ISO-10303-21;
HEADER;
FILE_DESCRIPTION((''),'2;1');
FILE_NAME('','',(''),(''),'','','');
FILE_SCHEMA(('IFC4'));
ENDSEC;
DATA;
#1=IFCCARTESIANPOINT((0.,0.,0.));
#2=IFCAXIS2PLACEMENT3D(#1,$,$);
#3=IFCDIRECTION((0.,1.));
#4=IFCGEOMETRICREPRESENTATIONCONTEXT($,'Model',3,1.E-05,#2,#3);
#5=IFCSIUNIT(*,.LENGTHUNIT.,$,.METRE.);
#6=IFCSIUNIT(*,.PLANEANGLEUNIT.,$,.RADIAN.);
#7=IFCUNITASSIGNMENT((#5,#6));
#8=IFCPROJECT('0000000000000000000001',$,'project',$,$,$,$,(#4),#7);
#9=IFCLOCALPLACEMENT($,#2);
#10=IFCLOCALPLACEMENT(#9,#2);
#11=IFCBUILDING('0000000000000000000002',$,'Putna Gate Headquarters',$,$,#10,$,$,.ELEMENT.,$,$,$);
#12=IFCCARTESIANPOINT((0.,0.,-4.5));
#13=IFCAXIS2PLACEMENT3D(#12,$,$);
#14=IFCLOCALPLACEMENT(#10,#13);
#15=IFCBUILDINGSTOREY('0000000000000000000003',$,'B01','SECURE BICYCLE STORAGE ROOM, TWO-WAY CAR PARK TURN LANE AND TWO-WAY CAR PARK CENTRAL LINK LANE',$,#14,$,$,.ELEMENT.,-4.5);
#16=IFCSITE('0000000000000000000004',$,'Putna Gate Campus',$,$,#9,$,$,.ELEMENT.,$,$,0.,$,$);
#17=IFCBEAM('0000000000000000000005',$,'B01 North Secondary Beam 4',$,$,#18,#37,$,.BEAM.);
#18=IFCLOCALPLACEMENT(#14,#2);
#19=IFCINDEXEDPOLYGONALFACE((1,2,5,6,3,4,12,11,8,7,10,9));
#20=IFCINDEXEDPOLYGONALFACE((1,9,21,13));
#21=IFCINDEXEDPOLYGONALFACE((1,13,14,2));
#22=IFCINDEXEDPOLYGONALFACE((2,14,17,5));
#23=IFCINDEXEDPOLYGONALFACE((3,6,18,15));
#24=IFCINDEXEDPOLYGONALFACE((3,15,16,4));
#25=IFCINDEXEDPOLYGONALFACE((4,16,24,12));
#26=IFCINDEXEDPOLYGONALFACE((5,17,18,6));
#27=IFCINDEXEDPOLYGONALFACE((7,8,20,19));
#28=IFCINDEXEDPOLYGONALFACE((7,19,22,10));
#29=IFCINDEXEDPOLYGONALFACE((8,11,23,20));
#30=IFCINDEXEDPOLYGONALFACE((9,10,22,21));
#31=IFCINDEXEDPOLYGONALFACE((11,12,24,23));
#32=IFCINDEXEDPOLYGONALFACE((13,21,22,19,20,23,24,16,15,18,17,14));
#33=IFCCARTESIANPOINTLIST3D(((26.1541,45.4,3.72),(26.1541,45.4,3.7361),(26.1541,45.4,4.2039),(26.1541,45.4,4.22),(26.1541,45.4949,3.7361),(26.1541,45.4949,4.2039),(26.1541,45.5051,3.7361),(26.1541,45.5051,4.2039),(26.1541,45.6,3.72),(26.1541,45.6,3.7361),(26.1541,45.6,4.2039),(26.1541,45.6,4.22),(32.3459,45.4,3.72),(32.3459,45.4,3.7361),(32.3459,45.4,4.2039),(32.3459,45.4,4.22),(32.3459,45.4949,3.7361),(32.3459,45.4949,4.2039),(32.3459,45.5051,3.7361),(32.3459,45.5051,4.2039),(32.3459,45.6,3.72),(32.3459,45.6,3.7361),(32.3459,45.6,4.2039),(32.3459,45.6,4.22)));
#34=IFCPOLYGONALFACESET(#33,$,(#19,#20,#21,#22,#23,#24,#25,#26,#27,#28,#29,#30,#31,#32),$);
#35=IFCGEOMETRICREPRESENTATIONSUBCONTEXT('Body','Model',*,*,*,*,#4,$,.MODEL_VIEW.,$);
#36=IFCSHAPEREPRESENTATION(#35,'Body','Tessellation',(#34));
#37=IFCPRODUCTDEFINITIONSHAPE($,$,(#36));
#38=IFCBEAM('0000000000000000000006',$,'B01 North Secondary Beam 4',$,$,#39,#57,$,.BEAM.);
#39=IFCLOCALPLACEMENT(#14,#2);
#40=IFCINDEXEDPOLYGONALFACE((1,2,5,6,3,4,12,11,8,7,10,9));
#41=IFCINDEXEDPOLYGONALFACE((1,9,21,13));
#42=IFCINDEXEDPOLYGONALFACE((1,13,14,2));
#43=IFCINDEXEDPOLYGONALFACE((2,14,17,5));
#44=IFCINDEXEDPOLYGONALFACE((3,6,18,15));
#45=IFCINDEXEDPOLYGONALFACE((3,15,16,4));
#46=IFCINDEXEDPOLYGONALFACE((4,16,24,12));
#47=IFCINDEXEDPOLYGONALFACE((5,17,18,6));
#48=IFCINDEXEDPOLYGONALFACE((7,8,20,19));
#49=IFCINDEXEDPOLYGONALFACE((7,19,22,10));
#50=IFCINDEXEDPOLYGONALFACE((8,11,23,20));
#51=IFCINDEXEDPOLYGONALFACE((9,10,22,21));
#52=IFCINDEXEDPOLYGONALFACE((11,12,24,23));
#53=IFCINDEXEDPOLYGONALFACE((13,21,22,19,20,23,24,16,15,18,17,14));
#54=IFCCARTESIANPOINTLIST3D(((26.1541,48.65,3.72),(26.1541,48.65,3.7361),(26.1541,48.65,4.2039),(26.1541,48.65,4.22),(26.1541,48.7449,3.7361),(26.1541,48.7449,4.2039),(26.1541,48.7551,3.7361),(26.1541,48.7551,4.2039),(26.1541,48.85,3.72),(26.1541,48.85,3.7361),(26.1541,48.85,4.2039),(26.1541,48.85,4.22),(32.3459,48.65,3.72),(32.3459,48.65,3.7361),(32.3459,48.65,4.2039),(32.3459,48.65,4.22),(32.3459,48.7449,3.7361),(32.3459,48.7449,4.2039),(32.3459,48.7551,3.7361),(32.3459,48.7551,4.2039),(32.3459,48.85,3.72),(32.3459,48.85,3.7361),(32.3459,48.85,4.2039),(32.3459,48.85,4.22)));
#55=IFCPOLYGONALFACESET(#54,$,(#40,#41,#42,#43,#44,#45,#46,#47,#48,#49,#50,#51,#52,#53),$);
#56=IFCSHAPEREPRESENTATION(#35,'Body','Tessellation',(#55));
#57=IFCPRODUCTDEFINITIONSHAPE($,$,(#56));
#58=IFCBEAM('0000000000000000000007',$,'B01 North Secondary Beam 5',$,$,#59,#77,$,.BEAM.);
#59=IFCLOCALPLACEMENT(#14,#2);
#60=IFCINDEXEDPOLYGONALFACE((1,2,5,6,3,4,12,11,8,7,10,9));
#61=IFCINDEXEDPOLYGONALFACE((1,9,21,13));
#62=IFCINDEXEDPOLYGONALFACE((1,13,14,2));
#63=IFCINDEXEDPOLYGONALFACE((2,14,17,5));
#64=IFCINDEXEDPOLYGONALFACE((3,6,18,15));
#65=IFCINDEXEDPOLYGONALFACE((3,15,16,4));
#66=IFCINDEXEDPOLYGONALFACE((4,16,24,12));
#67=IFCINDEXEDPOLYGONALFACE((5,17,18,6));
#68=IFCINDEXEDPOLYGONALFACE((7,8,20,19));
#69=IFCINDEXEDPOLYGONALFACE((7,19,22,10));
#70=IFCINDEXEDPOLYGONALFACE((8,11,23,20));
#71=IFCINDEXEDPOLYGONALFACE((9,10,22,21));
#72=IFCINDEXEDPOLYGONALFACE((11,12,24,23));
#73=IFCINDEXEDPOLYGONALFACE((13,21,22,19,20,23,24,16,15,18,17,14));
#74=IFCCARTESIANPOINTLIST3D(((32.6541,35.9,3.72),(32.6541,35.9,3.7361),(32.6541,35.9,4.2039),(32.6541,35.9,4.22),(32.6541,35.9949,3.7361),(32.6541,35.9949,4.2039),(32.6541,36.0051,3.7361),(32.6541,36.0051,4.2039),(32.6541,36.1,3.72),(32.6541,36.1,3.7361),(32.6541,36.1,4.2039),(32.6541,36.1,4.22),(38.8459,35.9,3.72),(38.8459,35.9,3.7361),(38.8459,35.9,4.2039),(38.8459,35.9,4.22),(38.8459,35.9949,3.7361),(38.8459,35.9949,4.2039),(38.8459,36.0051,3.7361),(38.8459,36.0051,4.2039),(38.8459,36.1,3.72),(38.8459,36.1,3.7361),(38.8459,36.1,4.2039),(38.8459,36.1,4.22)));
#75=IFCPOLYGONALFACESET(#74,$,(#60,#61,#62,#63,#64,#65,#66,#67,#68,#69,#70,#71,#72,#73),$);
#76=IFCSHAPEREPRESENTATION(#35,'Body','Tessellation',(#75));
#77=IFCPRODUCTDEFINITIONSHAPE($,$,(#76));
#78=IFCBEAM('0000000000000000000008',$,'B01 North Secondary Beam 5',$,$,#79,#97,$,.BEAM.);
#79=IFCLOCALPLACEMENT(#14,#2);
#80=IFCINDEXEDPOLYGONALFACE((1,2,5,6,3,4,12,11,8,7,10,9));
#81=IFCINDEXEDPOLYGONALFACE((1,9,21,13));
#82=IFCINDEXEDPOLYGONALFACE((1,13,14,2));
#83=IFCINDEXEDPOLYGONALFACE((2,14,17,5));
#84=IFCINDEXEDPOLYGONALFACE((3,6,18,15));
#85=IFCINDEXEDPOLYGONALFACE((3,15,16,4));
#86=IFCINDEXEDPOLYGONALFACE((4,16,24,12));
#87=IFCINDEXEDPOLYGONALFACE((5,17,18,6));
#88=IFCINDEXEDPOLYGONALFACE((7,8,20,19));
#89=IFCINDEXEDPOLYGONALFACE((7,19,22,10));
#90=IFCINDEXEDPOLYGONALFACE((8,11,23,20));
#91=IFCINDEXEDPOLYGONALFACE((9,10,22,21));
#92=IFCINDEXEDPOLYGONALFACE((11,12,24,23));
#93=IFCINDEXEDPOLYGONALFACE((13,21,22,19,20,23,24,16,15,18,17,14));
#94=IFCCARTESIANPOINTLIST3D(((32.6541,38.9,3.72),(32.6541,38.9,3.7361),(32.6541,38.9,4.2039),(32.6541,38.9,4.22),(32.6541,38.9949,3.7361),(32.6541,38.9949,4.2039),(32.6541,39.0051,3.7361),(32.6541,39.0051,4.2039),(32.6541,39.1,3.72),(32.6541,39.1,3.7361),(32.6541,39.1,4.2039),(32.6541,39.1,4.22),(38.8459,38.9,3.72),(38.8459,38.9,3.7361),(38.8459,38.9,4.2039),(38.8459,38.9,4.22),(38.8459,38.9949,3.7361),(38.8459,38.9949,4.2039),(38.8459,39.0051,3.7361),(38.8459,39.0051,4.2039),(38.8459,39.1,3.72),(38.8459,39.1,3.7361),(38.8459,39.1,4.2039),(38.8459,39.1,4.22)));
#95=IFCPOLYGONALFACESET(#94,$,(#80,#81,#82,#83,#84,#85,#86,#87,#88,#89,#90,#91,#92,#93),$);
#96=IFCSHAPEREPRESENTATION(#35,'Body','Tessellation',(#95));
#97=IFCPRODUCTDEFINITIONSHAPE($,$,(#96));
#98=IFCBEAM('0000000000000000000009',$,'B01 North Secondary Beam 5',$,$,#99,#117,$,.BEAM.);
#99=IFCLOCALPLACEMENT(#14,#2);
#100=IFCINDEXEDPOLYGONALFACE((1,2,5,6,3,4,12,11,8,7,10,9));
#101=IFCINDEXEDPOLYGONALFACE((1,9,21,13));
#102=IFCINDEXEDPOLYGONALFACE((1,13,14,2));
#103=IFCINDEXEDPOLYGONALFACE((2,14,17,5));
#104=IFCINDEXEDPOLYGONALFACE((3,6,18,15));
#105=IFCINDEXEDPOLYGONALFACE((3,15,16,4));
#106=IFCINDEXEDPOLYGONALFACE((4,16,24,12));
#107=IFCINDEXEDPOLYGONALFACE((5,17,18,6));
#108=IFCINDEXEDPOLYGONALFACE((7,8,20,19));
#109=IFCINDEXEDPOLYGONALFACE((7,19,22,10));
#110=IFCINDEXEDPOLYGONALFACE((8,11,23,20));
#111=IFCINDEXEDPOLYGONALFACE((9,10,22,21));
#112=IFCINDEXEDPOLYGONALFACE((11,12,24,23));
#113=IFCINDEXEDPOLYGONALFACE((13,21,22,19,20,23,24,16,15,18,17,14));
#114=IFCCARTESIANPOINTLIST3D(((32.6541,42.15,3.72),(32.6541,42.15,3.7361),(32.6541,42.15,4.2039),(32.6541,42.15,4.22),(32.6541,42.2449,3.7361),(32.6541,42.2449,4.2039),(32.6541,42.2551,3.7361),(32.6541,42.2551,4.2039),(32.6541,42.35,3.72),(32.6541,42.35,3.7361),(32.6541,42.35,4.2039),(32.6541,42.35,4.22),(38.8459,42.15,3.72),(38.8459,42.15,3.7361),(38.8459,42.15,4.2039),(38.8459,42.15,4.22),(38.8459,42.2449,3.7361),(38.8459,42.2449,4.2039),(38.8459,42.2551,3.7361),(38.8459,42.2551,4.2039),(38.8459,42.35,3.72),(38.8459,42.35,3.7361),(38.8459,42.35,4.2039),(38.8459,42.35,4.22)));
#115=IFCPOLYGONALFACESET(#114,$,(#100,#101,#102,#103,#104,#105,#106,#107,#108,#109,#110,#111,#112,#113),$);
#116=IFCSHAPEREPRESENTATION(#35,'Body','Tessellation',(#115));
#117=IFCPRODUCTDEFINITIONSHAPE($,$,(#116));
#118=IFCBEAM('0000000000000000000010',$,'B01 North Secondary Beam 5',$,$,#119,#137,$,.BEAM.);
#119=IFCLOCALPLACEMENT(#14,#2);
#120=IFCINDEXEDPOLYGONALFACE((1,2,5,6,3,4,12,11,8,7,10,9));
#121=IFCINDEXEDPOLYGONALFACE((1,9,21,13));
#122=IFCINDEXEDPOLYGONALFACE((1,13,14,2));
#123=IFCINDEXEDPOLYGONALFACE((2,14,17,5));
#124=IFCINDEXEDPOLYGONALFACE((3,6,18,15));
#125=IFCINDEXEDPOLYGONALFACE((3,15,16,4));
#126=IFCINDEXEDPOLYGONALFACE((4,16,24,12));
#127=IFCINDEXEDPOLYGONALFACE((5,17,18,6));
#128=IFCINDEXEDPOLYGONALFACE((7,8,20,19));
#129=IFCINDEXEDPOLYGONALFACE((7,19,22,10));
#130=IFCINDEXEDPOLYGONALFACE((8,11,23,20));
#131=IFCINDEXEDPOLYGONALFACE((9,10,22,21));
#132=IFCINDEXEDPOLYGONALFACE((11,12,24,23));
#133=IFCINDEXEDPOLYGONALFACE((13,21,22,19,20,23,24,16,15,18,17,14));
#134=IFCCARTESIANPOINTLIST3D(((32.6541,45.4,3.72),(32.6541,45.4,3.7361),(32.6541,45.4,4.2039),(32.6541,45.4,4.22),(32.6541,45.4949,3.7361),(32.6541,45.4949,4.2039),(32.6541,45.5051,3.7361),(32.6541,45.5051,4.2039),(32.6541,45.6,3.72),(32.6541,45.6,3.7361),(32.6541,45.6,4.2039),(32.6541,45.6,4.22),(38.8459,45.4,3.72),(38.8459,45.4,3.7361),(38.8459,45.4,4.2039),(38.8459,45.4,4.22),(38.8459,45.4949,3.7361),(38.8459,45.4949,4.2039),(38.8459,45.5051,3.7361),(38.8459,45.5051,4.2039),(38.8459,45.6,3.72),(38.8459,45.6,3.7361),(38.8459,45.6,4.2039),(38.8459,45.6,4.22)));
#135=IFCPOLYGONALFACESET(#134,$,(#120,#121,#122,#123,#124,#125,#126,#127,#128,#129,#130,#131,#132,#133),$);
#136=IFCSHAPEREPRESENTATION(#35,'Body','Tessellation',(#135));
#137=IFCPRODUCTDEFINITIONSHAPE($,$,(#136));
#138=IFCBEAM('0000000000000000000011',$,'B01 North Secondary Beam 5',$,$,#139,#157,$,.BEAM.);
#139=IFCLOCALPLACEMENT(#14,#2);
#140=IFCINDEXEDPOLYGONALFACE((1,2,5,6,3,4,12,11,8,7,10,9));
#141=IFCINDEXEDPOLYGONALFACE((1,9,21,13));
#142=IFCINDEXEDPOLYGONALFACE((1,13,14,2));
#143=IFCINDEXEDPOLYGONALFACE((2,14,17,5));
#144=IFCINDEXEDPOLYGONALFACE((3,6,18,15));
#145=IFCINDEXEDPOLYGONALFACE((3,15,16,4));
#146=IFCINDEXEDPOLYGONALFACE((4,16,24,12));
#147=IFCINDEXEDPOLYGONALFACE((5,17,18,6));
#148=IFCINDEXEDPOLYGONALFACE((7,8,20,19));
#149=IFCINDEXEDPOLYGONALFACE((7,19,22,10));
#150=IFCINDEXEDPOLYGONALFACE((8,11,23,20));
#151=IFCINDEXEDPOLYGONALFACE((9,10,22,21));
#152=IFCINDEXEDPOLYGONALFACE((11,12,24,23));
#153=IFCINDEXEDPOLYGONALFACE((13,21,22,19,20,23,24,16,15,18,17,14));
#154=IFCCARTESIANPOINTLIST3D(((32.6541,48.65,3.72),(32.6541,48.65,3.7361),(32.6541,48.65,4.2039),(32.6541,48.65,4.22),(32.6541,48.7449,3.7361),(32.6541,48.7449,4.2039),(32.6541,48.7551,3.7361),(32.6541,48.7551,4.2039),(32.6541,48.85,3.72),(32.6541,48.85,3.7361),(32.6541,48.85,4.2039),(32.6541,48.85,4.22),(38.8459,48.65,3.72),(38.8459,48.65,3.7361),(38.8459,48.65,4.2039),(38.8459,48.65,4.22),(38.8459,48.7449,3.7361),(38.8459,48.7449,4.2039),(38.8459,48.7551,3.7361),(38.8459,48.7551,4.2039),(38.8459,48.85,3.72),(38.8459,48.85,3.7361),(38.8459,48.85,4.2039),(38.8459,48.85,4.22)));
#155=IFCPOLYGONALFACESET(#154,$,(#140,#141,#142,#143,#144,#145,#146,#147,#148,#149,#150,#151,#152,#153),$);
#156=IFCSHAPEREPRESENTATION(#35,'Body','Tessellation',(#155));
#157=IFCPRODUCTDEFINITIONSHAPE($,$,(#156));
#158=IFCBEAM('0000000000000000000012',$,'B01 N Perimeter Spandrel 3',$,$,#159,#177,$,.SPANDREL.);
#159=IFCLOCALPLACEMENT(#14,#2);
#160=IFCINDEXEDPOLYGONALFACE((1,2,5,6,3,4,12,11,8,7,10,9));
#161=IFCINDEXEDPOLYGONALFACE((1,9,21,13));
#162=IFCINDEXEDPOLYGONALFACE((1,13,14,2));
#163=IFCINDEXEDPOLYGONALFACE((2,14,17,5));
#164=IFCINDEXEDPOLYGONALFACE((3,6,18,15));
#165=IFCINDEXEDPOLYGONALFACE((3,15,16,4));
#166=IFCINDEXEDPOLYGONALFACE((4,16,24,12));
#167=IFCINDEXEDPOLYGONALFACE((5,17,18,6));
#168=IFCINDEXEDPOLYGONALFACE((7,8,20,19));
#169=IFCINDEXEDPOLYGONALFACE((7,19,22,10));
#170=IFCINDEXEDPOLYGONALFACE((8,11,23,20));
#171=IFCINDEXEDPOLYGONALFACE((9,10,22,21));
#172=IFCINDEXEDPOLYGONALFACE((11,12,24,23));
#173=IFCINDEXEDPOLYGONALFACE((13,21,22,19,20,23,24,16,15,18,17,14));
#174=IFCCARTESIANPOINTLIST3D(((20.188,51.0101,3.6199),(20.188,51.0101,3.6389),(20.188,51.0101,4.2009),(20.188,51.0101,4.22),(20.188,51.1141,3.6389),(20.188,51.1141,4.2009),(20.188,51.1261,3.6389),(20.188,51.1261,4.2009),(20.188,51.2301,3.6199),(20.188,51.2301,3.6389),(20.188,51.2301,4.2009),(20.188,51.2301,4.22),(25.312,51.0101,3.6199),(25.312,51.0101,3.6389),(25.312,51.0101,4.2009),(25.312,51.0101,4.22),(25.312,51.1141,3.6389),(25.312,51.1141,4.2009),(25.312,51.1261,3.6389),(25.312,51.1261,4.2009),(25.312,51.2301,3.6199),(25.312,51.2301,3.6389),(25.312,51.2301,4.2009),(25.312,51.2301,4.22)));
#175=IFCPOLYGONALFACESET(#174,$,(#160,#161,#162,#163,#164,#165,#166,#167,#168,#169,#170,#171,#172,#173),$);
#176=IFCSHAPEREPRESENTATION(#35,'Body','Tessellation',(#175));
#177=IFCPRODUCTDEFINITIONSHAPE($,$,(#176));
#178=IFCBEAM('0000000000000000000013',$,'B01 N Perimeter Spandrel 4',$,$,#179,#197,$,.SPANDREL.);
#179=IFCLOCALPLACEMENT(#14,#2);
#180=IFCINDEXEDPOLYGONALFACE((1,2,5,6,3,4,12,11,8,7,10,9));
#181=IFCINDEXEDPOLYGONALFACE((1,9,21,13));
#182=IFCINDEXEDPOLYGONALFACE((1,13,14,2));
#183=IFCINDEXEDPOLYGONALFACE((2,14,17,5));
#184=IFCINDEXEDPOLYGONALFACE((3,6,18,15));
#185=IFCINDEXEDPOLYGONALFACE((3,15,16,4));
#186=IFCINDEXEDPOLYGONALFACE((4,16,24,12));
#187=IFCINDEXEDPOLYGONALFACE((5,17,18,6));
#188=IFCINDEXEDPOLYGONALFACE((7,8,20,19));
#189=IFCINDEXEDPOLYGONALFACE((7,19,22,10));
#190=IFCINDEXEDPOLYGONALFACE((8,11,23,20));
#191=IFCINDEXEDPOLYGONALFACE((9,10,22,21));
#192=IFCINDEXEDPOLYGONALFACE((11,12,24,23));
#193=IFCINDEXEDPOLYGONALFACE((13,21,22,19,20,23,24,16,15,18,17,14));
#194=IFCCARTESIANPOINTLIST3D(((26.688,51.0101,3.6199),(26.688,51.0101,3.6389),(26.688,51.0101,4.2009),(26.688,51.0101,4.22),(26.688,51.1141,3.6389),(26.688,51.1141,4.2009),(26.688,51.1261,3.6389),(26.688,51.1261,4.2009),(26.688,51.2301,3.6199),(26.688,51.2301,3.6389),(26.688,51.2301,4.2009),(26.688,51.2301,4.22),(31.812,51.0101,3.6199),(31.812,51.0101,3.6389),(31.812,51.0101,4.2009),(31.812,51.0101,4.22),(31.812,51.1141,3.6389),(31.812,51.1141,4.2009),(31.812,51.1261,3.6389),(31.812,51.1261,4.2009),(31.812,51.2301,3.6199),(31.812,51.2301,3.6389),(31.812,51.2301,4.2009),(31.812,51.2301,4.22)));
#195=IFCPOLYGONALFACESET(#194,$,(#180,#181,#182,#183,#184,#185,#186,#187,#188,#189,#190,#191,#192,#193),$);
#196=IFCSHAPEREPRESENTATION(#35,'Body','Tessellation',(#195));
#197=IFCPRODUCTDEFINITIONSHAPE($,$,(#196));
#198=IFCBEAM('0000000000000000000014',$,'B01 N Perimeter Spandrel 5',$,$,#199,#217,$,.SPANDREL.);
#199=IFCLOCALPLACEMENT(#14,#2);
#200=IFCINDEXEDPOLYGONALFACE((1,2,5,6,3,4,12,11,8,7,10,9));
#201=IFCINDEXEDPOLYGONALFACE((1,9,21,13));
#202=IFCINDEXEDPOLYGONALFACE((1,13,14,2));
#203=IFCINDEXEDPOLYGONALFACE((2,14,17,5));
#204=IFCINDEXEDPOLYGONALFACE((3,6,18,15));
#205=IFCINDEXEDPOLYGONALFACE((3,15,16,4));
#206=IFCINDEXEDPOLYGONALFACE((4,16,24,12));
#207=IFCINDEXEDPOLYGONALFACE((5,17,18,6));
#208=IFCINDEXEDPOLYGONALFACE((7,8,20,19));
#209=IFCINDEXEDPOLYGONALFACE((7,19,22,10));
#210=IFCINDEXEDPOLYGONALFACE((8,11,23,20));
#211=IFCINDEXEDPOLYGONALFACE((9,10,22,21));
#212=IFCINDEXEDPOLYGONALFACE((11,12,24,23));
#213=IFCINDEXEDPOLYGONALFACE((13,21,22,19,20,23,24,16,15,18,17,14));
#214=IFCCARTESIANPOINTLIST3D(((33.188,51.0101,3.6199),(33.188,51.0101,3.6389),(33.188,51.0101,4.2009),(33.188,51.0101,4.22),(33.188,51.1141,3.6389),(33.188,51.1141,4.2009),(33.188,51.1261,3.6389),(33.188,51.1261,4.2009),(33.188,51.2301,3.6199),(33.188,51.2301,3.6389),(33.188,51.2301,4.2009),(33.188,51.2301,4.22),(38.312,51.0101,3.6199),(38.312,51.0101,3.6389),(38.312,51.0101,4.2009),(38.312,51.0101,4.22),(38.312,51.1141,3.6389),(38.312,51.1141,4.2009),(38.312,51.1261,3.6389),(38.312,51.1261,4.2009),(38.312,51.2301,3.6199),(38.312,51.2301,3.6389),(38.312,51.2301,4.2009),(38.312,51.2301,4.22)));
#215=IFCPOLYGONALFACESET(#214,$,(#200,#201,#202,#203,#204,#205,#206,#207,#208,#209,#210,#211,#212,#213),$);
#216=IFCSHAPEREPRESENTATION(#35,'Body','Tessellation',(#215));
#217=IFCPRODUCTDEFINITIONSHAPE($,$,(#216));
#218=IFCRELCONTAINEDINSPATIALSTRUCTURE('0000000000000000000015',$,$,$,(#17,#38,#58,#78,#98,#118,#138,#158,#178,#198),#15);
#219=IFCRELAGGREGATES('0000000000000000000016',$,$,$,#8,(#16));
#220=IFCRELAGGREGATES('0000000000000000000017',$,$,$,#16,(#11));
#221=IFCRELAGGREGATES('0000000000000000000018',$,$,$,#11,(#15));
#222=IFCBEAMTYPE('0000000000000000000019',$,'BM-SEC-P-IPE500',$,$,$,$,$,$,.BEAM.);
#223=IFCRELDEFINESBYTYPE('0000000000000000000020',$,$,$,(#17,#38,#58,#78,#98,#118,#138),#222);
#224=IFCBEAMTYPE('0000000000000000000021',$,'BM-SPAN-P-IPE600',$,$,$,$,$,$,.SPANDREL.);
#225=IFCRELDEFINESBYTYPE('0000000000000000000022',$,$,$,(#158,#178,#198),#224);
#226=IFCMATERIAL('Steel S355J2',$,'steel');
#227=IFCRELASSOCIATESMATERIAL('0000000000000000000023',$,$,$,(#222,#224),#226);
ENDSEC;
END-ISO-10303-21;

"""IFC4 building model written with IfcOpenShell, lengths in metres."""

from ifc_helpers import new_model, si_unit, direction, frame, origin, origin_2d, place, context, subcontext, project, spatial, i_section, extrude, material, material_profile, profile_set, type_object, element, save


model = new_model("IFC4")

# Units and contexts
model_context = context("Model", 3, precision=1e-05, world=origin(), true_north=direction((0.0, 1.0)))
body_context = subcontext(model_context, "Body", "Model", "MODEL_VIEW")
ifc_project = project(units=[si_unit("LENGTHUNIT", "METRE"), si_unit("PLANEANGLEUNIT", "RADIAN")], contexts=[model_context])

# Site, building, storey
site_placement = place(None, origin())
site = spatial("IfcSite", under=ifc_project, at=site_placement, Name="Putna Gate Campus", CompositionType="ELEMENT", RefElevation=0.0)
building_placement = place(site_placement, origin())
building = spatial("IfcBuilding", under=site, at=building_placement, Name="Putna Gate Headquarters", CompositionType="ELEMENT")
storey_placement = place(building_placement, frame((0.0, 0.0, -4.5)))
storey = spatial("IfcBuildingStorey", under=building, at=storey_placement, Name="B01", Description="SECURE BICYCLE STORAGE ROOM, TWO-WAY CAR PARK TURN LANE AND TWO-WAY CAR PARK CENTRAL LINK LANE", CompositionType="ELEMENT", Elevation=-4.5)

# Beams
ifc_material_1 = material(Name="Steel S355J2", Category="steel")
ifc_material_profile_1 = material_profile(ifc_material_1, i_section(OverallWidth=0.2, OverallDepth=0.5, WebThickness=0.0103, FlangeThickness=0.0161, at=origin_2d()), Name="Steel S355J2")
ifc_profile_set_1 = profile_set([ifc_material_profile_1], Name="Steel S355J2")
beam_type_1 = type_object("IfcBeamType", Name="BM-SEC-P-IPE500", PredefinedType="BEAM", material=ifc_profile_set_1)
for number, where, z_axis, x_axis, name in (
    (1, (26.1541, 45.5, 3.97), (1.0, 0.0, 0.0), (0.0, 1.0, 0.0), "B01 North Secondary Beam 4"),
    (2, (26.1541, 48.75, 3.97), (1.0, 0.0, 0.0), (0.0, 1.0, 0.0), "B01 North Secondary Beam 4"),
    (3, (32.6541, 36.0, 3.97), (1.0, 0.0, 0.0), (0.0, 1.0, 0.0), "B01 North Secondary Beam 5"),
    (4, (32.6541, 39.0, 3.97), (1.0, 0.0, 0.0), (0.0, 1.0, 0.0), "B01 North Secondary Beam 5"),
    (5, (32.6541, 42.25, 3.97), (1.0, 0.0, 0.0), (0.0, 1.0, 0.0), "B01 North Secondary Beam 5"),
    (6, (32.6541, 45.5, 3.97), (1.0, 0.0, 0.0), (0.0, 1.0, 0.0), "B01 North Secondary Beam 5"),
    (7, (32.6541, 48.75, 3.97), (1.0, 0.0, 0.0), (0.0, 1.0, 0.0), "B01 North Secondary Beam 5"),
):
    element("IfcBeam", number, at=place(storey_placement, frame(where, z_axis=z_axis, x_axis=x_axis)), inside=storey, type_object=beam_type_1, Name=name, PredefinedType="BEAM", context=body_context, shape_type="SweptSolid", body=[
        extrude(i_section(OverallWidth=0.2, OverallDepth=0.5, WebThickness=0.0103, FlangeThickness=0.0161, at=origin_2d()), origin(), (0.0, 0.0, 1.0), 6.1919),
    ])
ifc_material_profile_2 = material_profile(ifc_material_1, i_section(OverallWidth=0.22, OverallDepth=0.6001, WebThickness=0.012, FlangeThickness=0.019, at=origin_2d()), Name="Steel S355J2")
ifc_profile_set_2 = profile_set([ifc_material_profile_2], Name="Steel S355J2")
beam_type_2 = type_object("IfcBeamType", Name="BM-SPAN-P-IPE600", PredefinedType="SPANDREL", material=ifc_profile_set_2)
for number, where, z_axis, x_axis, name in (
    (8, (20.188, 51.1201, 3.9199), (1.0, 0.0, 0.0), (0.0, 1.0, 0.0), "B01 N Perimeter Spandrel 3"),
    (9, (26.688, 51.1201, 3.9199), (1.0, 0.0, 0.0), (0.0, 1.0, 0.0), "B01 N Perimeter Spandrel 4"),
    (10, (33.188, 51.1201, 3.9199), (1.0, 0.0, 0.0), (0.0, 1.0, 0.0), "B01 N Perimeter Spandrel 5"),
):
    element("IfcBeam", number, at=place(storey_placement, frame(where, z_axis=z_axis, x_axis=x_axis)), inside=storey, type_object=beam_type_2, Name=name, PredefinedType="SPANDREL", context=body_context, shape_type="SweptSolid", body=[
        extrude(i_section(OverallWidth=0.22, OverallDepth=0.6001, WebThickness=0.012, FlangeThickness=0.019, at=origin_2d()), origin(), (0.0, 0.0, 1.0), 5.124),
    ])

save(model, "model.ifc")
